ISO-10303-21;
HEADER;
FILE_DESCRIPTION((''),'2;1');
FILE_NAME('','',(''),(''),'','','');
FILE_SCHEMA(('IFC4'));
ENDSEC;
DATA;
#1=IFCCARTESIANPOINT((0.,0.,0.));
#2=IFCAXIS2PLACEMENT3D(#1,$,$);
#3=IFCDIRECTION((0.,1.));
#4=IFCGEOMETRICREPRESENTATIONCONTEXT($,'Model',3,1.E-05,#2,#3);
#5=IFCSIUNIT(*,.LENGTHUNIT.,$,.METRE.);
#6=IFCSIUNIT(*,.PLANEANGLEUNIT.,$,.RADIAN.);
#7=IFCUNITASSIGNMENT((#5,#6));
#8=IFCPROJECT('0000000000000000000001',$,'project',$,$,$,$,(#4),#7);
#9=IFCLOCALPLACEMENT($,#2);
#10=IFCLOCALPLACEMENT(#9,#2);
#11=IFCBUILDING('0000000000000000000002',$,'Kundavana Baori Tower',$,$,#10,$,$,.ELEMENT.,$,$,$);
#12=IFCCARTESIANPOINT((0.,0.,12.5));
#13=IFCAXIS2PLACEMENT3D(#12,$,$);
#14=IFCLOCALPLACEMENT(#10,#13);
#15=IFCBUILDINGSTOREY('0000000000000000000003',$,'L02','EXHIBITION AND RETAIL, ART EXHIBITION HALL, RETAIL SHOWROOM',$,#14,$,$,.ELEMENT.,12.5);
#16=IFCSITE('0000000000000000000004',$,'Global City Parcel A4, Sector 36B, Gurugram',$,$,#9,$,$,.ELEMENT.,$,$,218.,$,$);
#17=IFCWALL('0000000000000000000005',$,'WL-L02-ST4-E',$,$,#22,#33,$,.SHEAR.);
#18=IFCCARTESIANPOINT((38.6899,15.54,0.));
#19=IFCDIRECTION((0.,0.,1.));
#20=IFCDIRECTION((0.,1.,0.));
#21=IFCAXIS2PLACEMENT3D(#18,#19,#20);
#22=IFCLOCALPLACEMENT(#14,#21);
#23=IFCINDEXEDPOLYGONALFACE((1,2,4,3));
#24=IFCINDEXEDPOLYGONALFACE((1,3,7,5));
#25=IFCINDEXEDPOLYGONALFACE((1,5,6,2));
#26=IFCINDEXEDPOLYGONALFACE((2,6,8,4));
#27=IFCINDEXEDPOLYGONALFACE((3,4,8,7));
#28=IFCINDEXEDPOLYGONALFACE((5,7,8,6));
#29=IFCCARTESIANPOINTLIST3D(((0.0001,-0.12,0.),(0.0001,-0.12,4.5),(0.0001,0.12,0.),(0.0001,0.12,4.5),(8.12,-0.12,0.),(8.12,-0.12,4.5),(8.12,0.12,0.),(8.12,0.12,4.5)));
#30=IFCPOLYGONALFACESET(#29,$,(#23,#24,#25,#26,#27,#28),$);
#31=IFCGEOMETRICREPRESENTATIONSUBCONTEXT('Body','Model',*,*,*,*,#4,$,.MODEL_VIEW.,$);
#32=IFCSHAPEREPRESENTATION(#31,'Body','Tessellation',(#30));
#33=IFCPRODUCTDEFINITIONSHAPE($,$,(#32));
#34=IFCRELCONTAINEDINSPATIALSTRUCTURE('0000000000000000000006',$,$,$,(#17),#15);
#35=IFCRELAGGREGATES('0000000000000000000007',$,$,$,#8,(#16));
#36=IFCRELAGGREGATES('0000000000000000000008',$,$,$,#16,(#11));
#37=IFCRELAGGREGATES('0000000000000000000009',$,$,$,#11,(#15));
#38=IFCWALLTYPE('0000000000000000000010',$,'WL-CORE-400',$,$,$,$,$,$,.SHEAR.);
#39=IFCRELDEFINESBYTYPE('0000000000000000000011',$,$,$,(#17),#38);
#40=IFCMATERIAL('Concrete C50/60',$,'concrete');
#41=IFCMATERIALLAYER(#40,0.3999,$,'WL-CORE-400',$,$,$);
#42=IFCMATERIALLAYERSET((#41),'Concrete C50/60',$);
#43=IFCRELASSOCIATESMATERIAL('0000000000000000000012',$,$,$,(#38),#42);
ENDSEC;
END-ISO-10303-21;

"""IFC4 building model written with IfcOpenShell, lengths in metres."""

from ifc_helpers import new_model, si_unit, direction, frame, frame_2d, origin, place, context, subcontext, project, spatial, rectangle, extrude, material, layer, layer_set, type_object, element, save


model = new_model("IFC4")

# Units and contexts
model_context = context("Model", 3, precision=1e-05, world=origin(), true_north=direction((0.0, 1.0)))
body_context = subcontext(model_context, "Body", "Model", "MODEL_VIEW")
ifc_project = project(units=[si_unit("LENGTHUNIT", "METRE"), si_unit("PLANEANGLEUNIT", "RADIAN")], contexts=[model_context])

# Site, building, storey
site_placement = place(None, origin())
site = spatial("IfcSite", under=ifc_project, at=site_placement, Name="Global City Parcel A4, Sector 36B, Gurugram", CompositionType="ELEMENT", RefElevation=218.0)
building_placement = place(site_placement, origin())
building = spatial("IfcBuilding", under=site, at=building_placement, Name="Kundavana Baori Tower", CompositionType="ELEMENT")
storey_placement = place(building_placement, frame((0.0, 0.0, 12.5)))
storey = spatial("IfcBuildingStorey", under=building, at=storey_placement, Name="L02", Description="EXHIBITION AND RETAIL, ART EXHIBITION HALL, RETAIL SHOWROOM", CompositionType="ELEMENT", Elevation=12.5)

# Shared definitions
ifc_material_1 = material(Name="Concrete C50/60", Category="concrete")
ifc_layer_1 = layer(ifc_material_1, 0.3999, Name="WL-CORE-400")
ifc_layer_set_1 = layer_set([ifc_layer_1], Name="Concrete C50/60")
wall_type_1 = type_object("IfcWallType", Name="WL-CORE-400", PredefinedType="SHEAR", material=ifc_layer_set_1)

# Wall
wall_1_placement = place(storey_placement, frame((38.6899, 15.54, 0.0), z_axis=(0.0, 0.0, 1.0), x_axis=(0.0, 1.0, 0.0)))
element("IfcWall", 1, at=wall_1_placement, inside=storey, type_object=wall_type_1, Name="WL-L02-ST4-E", PredefinedType="SHEAR", context=body_context, shape_type="SweptSolid", body=[
    extrude(rectangle(XDim=8.1199, YDim=0.24, at=frame_2d((4.0601, 0.0))), origin(), (0.0, 0.0, 1.0), 4.5),
])

save(model, "model.ifc")
